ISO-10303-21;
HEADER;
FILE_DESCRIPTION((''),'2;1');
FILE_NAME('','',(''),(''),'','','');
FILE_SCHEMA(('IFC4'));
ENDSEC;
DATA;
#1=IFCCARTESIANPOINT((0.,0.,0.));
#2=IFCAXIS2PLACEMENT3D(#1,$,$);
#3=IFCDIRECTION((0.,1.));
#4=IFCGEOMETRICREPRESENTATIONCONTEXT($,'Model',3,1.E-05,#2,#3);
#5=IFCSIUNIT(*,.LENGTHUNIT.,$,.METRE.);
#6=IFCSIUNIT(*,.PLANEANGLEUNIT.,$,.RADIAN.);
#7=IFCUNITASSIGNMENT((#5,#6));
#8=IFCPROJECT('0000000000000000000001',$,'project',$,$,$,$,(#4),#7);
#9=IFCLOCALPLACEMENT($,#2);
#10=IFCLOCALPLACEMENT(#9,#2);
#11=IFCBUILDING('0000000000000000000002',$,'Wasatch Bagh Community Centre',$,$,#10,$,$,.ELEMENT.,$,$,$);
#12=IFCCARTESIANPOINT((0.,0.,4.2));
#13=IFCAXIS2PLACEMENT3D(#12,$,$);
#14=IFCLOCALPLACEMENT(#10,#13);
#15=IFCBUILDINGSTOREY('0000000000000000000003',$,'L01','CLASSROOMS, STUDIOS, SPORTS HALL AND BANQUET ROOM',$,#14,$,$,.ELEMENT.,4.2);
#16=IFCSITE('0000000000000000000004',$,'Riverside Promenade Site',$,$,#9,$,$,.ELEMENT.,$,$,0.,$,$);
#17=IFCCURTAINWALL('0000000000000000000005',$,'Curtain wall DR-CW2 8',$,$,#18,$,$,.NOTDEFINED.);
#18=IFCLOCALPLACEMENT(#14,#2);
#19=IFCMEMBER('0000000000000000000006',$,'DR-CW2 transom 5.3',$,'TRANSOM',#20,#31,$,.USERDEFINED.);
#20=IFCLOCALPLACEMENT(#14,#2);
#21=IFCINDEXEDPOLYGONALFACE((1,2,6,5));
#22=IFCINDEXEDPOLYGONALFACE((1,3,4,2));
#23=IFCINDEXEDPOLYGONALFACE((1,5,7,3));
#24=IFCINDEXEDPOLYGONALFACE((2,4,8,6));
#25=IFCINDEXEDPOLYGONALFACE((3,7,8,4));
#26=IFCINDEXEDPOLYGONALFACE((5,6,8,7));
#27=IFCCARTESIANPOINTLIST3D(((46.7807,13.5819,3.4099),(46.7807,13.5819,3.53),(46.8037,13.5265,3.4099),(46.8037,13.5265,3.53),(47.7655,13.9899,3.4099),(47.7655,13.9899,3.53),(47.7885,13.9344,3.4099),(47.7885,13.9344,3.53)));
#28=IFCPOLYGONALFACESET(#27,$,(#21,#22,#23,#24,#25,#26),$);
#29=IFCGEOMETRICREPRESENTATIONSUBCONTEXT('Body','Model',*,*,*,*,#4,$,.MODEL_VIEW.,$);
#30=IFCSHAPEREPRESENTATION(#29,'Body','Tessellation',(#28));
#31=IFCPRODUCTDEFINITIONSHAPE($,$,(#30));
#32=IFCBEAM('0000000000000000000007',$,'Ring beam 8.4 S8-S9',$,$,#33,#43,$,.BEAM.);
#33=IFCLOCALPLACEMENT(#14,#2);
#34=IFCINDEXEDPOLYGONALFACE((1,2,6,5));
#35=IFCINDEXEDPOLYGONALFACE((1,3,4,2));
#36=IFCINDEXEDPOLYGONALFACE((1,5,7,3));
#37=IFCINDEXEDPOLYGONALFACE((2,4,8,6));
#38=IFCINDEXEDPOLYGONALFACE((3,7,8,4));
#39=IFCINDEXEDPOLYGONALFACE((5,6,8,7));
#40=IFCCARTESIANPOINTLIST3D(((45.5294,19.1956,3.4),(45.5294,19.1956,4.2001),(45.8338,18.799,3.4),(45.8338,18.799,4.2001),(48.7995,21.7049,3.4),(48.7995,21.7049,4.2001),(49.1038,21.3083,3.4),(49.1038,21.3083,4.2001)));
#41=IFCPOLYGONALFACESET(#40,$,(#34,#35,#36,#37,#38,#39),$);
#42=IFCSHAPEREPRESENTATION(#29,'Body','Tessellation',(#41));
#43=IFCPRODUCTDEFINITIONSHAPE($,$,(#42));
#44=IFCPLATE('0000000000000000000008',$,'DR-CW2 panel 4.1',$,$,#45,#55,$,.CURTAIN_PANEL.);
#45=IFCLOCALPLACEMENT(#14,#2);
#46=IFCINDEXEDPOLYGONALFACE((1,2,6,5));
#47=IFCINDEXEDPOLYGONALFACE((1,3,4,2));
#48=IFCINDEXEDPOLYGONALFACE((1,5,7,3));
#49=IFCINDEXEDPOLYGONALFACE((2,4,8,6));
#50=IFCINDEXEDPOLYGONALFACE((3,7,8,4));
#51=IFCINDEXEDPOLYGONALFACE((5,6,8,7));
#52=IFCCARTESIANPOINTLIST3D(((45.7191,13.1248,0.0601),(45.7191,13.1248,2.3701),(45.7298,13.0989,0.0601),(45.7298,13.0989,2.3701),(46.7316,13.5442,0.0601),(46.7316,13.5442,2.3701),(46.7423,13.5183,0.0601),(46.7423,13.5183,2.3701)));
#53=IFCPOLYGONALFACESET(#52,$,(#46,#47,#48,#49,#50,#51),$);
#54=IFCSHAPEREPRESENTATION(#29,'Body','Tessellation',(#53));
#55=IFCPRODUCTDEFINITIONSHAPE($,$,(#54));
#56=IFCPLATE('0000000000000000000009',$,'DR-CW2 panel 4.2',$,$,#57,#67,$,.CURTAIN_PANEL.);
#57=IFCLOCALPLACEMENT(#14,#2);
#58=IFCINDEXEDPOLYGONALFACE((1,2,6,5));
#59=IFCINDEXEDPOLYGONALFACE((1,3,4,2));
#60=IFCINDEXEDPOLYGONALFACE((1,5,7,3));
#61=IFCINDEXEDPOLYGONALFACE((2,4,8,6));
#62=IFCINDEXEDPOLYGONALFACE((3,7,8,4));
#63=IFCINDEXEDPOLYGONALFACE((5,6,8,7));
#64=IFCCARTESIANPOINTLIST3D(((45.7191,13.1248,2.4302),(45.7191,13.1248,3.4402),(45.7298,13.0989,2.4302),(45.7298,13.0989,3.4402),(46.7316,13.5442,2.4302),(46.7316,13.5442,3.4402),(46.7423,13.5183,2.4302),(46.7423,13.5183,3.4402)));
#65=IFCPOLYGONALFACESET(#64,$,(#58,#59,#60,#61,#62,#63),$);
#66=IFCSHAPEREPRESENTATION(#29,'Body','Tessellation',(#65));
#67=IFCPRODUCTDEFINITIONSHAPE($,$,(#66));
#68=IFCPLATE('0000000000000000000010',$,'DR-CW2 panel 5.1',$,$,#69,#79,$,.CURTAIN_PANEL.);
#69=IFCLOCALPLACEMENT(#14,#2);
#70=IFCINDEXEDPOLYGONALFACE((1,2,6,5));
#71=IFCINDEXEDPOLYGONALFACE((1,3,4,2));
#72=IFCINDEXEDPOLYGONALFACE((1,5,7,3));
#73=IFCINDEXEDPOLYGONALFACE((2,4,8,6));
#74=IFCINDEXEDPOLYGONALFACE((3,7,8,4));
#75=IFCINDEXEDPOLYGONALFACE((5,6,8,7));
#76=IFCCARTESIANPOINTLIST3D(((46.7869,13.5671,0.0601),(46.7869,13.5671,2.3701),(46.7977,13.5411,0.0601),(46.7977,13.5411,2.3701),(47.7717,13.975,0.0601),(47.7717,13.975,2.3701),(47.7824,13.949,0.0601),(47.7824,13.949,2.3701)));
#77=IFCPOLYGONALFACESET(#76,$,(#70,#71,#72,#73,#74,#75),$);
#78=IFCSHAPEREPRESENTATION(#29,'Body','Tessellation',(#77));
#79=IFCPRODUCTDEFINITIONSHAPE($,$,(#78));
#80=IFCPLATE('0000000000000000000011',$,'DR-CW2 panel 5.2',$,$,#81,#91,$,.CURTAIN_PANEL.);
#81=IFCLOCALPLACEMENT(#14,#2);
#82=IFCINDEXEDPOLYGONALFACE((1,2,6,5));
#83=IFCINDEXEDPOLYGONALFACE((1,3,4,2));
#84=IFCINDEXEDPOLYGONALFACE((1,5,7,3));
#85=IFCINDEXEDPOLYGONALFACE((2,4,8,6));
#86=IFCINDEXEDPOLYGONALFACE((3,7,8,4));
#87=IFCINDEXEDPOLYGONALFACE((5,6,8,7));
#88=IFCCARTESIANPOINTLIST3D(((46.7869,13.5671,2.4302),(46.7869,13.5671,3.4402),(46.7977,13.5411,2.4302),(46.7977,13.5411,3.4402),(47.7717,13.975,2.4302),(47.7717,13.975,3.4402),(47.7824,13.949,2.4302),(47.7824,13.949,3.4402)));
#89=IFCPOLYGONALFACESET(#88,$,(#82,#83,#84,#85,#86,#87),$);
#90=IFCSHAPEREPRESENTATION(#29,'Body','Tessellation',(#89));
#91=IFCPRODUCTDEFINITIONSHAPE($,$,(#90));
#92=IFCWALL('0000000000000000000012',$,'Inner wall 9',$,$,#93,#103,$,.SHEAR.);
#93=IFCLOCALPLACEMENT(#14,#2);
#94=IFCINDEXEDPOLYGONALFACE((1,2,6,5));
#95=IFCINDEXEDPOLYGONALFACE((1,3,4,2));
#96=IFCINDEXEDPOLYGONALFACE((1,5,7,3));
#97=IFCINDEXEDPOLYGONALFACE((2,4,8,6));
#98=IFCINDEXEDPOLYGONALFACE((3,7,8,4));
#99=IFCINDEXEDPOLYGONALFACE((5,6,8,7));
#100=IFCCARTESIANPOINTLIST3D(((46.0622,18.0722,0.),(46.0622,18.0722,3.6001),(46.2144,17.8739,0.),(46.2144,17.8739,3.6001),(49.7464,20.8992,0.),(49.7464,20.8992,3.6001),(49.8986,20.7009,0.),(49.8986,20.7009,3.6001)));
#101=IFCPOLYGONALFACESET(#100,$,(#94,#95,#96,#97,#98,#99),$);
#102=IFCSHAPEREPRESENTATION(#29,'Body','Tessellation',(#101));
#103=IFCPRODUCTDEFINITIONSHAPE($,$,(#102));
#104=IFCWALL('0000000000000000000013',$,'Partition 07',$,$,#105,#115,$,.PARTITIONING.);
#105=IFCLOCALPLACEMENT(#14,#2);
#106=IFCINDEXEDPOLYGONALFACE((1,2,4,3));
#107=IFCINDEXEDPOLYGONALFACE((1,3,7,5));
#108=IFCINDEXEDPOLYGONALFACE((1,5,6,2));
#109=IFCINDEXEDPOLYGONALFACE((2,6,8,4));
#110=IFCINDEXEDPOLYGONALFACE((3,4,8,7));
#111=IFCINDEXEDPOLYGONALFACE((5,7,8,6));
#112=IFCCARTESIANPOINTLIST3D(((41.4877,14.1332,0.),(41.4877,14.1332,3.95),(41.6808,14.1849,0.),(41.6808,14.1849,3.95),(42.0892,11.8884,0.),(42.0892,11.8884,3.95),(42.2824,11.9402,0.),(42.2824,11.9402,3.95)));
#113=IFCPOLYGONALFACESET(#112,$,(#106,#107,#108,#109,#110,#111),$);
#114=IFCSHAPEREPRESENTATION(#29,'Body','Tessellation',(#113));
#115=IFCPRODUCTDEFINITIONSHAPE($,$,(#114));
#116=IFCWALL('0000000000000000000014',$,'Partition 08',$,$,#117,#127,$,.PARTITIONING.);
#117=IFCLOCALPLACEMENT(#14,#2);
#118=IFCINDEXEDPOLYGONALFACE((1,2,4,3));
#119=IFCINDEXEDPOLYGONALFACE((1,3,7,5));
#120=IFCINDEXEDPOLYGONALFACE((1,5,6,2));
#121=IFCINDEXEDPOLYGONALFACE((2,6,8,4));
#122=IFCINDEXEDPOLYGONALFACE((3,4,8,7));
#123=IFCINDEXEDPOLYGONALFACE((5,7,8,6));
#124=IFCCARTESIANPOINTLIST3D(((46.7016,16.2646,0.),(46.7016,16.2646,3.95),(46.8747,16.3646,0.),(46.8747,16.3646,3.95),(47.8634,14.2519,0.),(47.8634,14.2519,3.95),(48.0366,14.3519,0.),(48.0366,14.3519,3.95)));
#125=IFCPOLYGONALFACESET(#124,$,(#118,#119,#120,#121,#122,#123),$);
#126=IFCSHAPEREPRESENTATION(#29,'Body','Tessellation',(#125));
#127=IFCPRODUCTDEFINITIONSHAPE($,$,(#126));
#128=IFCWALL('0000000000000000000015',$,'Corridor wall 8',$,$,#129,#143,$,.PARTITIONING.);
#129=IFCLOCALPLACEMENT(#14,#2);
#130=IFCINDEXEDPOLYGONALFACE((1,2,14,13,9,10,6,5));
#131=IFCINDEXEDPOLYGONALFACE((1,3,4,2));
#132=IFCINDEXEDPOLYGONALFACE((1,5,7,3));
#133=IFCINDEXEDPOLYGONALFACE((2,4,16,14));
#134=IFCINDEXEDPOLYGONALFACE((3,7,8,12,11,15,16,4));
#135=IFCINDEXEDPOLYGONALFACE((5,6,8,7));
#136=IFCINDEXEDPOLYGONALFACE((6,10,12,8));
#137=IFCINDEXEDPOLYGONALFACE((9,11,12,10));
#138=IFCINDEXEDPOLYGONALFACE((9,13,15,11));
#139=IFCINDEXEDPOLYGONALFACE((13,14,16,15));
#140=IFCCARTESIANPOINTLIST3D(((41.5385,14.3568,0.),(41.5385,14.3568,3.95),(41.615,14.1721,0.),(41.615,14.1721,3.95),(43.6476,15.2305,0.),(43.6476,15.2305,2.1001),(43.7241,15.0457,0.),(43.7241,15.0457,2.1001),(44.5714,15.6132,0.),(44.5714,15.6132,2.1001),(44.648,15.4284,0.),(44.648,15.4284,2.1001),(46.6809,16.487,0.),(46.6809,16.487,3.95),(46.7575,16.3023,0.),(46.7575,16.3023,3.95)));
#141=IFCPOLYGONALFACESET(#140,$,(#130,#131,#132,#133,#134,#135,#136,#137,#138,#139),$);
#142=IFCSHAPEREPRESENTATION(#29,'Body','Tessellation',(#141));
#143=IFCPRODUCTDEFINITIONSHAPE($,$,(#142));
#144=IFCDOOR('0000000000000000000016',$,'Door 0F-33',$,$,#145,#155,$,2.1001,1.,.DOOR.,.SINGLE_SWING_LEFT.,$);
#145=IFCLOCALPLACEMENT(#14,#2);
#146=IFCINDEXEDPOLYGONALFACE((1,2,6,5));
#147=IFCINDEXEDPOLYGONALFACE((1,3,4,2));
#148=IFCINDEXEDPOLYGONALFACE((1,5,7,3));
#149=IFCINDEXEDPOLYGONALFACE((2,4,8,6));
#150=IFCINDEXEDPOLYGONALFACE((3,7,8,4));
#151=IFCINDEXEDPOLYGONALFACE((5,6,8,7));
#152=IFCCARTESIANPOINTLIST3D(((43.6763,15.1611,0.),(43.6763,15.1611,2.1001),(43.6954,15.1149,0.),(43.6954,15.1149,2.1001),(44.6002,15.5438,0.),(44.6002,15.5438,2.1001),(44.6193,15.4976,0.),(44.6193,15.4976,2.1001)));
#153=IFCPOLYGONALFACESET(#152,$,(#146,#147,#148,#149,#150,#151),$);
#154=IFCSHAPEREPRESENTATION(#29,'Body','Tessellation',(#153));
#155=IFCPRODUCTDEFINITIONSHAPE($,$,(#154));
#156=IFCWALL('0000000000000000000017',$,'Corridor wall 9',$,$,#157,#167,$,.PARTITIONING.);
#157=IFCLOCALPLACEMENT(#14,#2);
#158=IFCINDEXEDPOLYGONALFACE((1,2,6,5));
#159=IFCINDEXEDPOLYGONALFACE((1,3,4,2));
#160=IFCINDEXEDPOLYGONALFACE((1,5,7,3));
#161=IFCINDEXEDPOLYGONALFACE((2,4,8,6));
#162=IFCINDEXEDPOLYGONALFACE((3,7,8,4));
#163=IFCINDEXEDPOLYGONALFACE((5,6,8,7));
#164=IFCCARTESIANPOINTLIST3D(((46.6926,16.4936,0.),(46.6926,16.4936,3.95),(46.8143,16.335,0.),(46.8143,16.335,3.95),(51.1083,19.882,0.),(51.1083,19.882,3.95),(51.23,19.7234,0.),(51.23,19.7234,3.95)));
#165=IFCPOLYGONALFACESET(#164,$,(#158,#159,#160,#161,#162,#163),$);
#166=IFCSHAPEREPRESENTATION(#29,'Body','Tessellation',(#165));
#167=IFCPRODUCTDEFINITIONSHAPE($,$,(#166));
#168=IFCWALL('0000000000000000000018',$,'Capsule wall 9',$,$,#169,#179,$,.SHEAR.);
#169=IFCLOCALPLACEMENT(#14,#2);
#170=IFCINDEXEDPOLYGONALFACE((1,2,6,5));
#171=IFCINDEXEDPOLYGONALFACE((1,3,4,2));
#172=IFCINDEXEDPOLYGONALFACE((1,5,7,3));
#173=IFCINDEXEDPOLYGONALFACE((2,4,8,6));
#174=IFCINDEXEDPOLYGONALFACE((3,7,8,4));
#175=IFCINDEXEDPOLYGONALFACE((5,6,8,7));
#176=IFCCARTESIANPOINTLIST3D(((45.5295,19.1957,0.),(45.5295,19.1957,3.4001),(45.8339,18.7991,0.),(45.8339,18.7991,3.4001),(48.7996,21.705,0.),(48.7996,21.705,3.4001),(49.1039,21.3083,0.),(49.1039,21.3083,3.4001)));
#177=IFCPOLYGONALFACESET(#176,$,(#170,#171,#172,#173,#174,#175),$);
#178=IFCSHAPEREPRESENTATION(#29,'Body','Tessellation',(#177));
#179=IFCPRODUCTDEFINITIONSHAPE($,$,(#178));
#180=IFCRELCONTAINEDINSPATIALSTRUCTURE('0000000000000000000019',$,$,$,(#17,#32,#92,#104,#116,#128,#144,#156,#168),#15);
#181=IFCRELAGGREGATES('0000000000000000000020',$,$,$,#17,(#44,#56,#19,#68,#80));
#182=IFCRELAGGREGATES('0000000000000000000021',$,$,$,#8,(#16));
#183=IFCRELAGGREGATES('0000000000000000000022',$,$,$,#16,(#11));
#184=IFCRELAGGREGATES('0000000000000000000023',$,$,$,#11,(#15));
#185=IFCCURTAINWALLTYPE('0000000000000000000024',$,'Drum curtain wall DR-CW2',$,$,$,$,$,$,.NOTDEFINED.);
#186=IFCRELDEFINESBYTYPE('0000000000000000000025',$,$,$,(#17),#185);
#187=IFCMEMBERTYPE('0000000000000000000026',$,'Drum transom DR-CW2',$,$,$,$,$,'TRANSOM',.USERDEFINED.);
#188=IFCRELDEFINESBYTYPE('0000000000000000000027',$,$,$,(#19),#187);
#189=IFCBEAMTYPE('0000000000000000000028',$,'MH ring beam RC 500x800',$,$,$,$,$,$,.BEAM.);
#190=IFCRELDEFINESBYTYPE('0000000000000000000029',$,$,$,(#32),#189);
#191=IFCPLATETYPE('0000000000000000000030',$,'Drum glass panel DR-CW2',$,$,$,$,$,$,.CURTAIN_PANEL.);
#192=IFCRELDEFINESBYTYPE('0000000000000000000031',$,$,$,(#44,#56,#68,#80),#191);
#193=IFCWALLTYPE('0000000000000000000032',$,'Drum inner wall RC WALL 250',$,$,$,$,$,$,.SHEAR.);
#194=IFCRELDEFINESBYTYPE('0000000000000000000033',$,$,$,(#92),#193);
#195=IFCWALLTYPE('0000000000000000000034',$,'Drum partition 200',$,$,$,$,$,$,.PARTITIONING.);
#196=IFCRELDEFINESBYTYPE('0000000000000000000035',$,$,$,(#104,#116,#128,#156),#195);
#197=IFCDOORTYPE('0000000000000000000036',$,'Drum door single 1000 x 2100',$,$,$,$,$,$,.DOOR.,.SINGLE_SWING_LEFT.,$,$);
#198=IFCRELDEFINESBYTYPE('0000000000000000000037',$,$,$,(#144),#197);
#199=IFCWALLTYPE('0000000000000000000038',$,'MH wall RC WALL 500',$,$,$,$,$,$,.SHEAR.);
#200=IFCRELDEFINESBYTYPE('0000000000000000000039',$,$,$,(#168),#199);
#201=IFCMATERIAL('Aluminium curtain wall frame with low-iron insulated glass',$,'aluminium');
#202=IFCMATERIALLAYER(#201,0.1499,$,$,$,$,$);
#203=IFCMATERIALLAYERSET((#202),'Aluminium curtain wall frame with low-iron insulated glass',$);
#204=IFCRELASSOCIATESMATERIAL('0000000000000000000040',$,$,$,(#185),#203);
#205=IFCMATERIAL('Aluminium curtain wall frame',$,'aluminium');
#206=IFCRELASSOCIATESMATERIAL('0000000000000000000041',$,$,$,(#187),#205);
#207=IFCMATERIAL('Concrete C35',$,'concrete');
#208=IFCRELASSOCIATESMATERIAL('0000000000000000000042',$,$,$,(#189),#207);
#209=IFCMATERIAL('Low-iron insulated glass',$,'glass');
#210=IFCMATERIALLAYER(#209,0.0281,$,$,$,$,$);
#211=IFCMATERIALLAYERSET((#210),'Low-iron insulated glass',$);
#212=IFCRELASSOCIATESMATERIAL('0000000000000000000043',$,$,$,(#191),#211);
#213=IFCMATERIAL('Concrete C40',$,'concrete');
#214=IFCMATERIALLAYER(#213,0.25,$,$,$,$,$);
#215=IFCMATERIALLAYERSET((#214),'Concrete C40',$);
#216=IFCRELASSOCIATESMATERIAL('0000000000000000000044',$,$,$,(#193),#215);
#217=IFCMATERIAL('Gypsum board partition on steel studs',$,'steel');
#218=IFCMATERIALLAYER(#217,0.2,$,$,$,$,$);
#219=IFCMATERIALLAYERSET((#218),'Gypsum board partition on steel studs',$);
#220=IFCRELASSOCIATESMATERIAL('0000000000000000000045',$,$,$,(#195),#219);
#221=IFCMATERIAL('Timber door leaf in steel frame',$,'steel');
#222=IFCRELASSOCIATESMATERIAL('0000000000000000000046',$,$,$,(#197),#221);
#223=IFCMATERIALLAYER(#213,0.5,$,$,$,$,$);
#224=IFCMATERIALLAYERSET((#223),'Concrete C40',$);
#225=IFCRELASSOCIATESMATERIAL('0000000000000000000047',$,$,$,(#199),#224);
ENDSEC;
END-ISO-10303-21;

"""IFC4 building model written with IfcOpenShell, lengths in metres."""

from ifc_helpers import new_model, si_unit, direction, frame, frame_2d, origin, origin_2d, place, context, subcontext, project, spatial, rectangle, extrude, material, layer, layer_set, material_profile, profile_set, type_object, element, fill, aggregate, save


model = new_model("IFC4")

# Units and contexts
model_context = context("Model", 3, precision=1e-05, world=origin(), true_north=direction((0.0, 1.0)))
body_context = subcontext(model_context, "Body", "Model", "MODEL_VIEW")
ifc_project = project(units=[si_unit("LENGTHUNIT", "METRE"), si_unit("PLANEANGLEUNIT", "RADIAN")], contexts=[model_context])

# Site, building, storey
site_placement = place(None, origin())
site = spatial("IfcSite", under=ifc_project, at=site_placement, Name="Riverside Promenade Site", CompositionType="ELEMENT", RefElevation=0.0)
building_placement = place(site_placement, origin())
building = spatial("IfcBuilding", under=site, at=building_placement, Name="Wasatch Bagh Community Centre", CompositionType="ELEMENT")
storey_placement = place(building_placement, frame((0.0, 0.0, 4.2)))
storey = spatial("IfcBuildingStorey", under=building, at=storey_placement, Name="L01", Description="CLASSROOMS, STUDIOS, SPORTS HALL AND BANQUET ROOM", CompositionType="ELEMENT", Elevation=4.2)

# Shared definitions
ifc_material_1 = material(Name="Concrete C40", Category="concrete")

# Curtain wall
ifc_material_2 = material(Name="Aluminium curtain wall frame with low-iron insulated glass", Category="aluminium")
ifc_layer_1 = layer(ifc_material_2, 0.1499)
ifc_layer_set_1 = layer_set([ifc_layer_1], Name="Aluminium curtain wall frame with low-iron insulated glass")
curtain_wall_type = type_object("IfcCurtainWallType", Name="Drum curtain wall DR-CW2", PredefinedType="NOTDEFINED", material=ifc_layer_set_1)
curtain_wall_1_placement = place(storey_placement, origin())
curtain_wall_1 = element("IfcCurtainWall", 1, at=curtain_wall_1_placement, inside=storey, type_object=curtain_wall_type, Name="Curtain wall DR-CW2 8", PredefinedType="NOTDEFINED")
ifc_material_3 = material(Name="Aluminium curtain wall frame", Category="aluminium")

# Shared definitions
ifc_material_4 = material(Name="Concrete C35", Category="concrete")

# Member
ifc_material_profile_1 = material_profile(ifc_material_3, rectangle(XDim=0.0601, YDim=0.1201, at=origin_2d()), Name="Drum transom DR-CW2")
ifc_profile_set_1 = profile_set([ifc_material_profile_1], Name="Aluminium curtain wall frame")
member_type_1 = type_object("IfcMemberType", Name="Drum transom DR-CW2", ElementType="TRANSOM", PredefinedType="USERDEFINED", material=ifc_profile_set_1)
member_1_placement = place(storey_placement, frame((46.7922, 13.5542, 3.47), z_axis=(0.923874, 0.382696, 0.0), x_axis=(-0.382696, 0.923874, 0.0)))
member_1 = element("IfcMember", 2, at=member_1_placement, type_object=member_type_1, Name="DR-CW2 transom 5.3", ObjectType="TRANSOM", PredefinedType="USERDEFINED", context=body_context, shape_type="SweptSolid", body=[
    extrude(rectangle(XDim=0.0601, YDim=0.1201, at=origin_2d()), origin(), (0.0, 0.0, 1.0), 1.0659),
])

# Beam
ifc_material_profile_2 = material_profile(ifc_material_4, rectangle(XDim=0.5, YDim=0.8, at=origin_2d()), Name="RC 500x800")
ifc_profile_set_2 = profile_set([ifc_material_profile_2], Name="Concrete C35")
beam_type_1 = type_object("IfcBeamType", Name="MH ring beam RC 500x800", PredefinedType="BEAM", material=ifc_profile_set_2)
beam_1_placement = place(storey_placement, frame((45.6816, 18.9973, 3.8), z_axis=(0.793341, 0.608777, 0.0), x_axis=(-0.608777, 0.793341, 0.0)))
element("IfcBeam", 3, at=beam_1_placement, inside=storey, type_object=beam_type_1, Name="Ring beam 8.4 S8-S9", PredefinedType="BEAM", context=body_context, shape_type="SweptSolid", body=[
    extrude(rectangle(XDim=0.5, YDim=0.8, at=origin_2d()), origin(), (0.0, 0.0, 1.0), 4.1218),
])

# Plates
ifc_material_5 = material(Name="Low-iron insulated glass", Category="glass")
ifc_layer_2 = layer(ifc_material_5, 0.0281)
ifc_layer_set_2 = layer_set([ifc_layer_2], Name="Low-iron insulated glass")
plate_type = type_object("IfcPlateType", Name="Drum glass panel DR-CW2", PredefinedType="CURTAIN_PANEL", material=ifc_layer_set_2)
plate_1_placement = place(storey_placement, frame((46.2307, 13.3215, 0.0601), z_axis=(0.0, 0.0, 1.0), x_axis=(0.92388, 0.382683, 0.0)))
plate_1 = element("IfcPlate", 4, at=plate_1_placement, type_object=plate_type, Name="DR-CW2 panel 4.1", PredefinedType="CURTAIN_PANEL", context=body_context, shape_type="SweptSolid", body=[
    extrude(rectangle(XDim=1.0959, YDim=0.0281, at=origin_2d()), origin(), (0.0, 0.0, 1.0), 2.3101),
])
plate_2_placement = place(storey_placement, frame((46.2307, 13.3215, 2.4302), z_axis=(0.0, 0.0, 1.0), x_axis=(0.92388, 0.382683, 0.0)))
plate_2 = element("IfcPlate", 5, at=plate_2_placement, type_object=plate_type, Name="DR-CW2 panel 4.2", PredefinedType="CURTAIN_PANEL", context=body_context, shape_type="SweptSolid", body=[
    extrude(rectangle(XDim=1.0959, YDim=0.0281, at=origin_2d()), origin(), (0.0, 0.0, 1.0), 1.01),
])
plate_3_placement = place(storey_placement, frame((47.2847, 13.7581, 0.0601), z_axis=(0.0, 0.0, 1.0), x_axis=(0.92388, 0.382683, 0.0)))
plate_3 = element("IfcPlate", 6, at=plate_3_placement, type_object=plate_type, Name="DR-CW2 panel 5.1", PredefinedType="CURTAIN_PANEL", context=body_context, shape_type="SweptSolid", body=[
    extrude(rectangle(XDim=1.0659, YDim=0.0281, at=origin_2d()), origin(), (0.0, 0.0, 1.0), 2.3101),
])
plate_4_placement = place(storey_placement, frame((47.2847, 13.7581, 2.4302), z_axis=(0.0, 0.0, 1.0), x_axis=(0.92388, 0.382683, 0.0)))
plate_4 = element("IfcPlate", 7, at=plate_4_placement, type_object=plate_type, Name="DR-CW2 panel 5.2", PredefinedType="CURTAIN_PANEL", context=body_context, shape_type="SweptSolid", body=[
    extrude(rectangle(XDim=1.0659, YDim=0.0281, at=origin_2d()), origin(), (0.0, 0.0, 1.0), 1.01),
])
aggregate(curtain_wall_1, [plate_1, plate_2, member_1, plate_3, plate_4])

# Walls
ifc_layer_3 = layer(ifc_material_1, 0.25)
ifc_layer_set_3 = layer_set([ifc_layer_3], Name="Concrete C40")
wall_type_1 = type_object("IfcWallType", Name="Drum inner wall RC WALL 250", PredefinedType="SHEAR", material=ifc_layer_set_3)
wall_1_placement = place(storey_placement, frame((46.1384, 17.9731, 0.0), z_axis=(0.0, 0.0, 1.0), x_axis=(0.793352, 0.608763, 0.0)))
element("IfcWall", 8, at=wall_1_placement, inside=storey, type_object=wall_type_1, Name="Inner wall 9", PredefinedType="SHEAR", context=body_context, shape_type="SweptSolid", body=[
    extrude(rectangle(XDim=4.6438, YDim=0.25, at=frame_2d((2.3218, 0.0))), origin(), (0.0, 0.0, 1.0), 3.6001),
])
ifc_material_6 = material(Name="Gypsum board partition on steel studs", Category="steel")
ifc_layer_4 = layer(ifc_material_6, 0.2)
ifc_layer_set_4 = layer_set([ifc_layer_4], Name="Gypsum board partition on steel studs")
wall_type_2 = type_object("IfcWallType", Name="Drum partition 200", PredefinedType="PARTITIONING", material=ifc_layer_set_4)
for number, where, z_axis, x_axis, name in (
    (9, (41.5842, 14.1592, 0.0), (0.0, 0.0, 1.0), (0.258839, -0.96592, 0.0), "Partition 07"),
    (10, (46.7881, 16.3147, 0.0), (0.0, 0.0, 1.0), (0.499947, -0.866056, 0.0), "Partition 08"),
):
    element("IfcWall", number, at=place(storey_placement, frame(where, z_axis=z_axis, x_axis=x_axis)), inside=storey, type_object=wall_type_2, Name=name, PredefinedType="PARTITIONING", context=body_context, shape_type="SweptSolid", body=[
        extrude(rectangle(XDim=2.324, YDim=0.2, at=frame_2d((1.1621, 0.0))), origin(), (0.0, 0.0, 1.0), 3.95),
    ])

# Wall, opening, door
wall_2_placement = place(storey_placement, frame((41.5767, 14.2644, 0.0), z_axis=(0.0, 0.0, 1.0), x_axis=(0.923873, 0.382699, 0.0)))
wall_2 = element("IfcWall", 11, at=wall_2_placement, inside=storey, type_object=wall_type_2, Name="Corridor wall 8", PredefinedType="PARTITIONING", context=body_context, shape_type="SweptSolid", body=[
    extrude(rectangle(XDim=5.5662, YDim=0.2, at=frame_2d((2.7832, 0.0))), origin(), (0.0, 0.0, 1.0), 3.95),
])
opening_placement = place(wall_2_placement, frame((2.283, 0.0, 0.0)))
opening = element("IfcOpeningElement", 12, at=opening_placement, cuts=wall_2, PredefinedType="OPENING", context=body_context, shape_type="SweptSolid", body=[
    extrude(rectangle(XDim=1.0, YDim=2.1001, at=frame_2d((0.5, 1.05))), frame((0.0, 0.1099, 0.0), z_axis=(0.0, -1.0, 0.0), x_axis=(1.0, 0.0, 0.0)), (0.0, 0.0, 1.0), 0.22),
])
ifc_material_7 = material(Name="Timber door leaf in steel frame", Category="steel")
door_type = type_object("IfcDoorType", Name="Drum door single 1000 x 2100", OperationType="SINGLE_SWING_LEFT", PredefinedType="DOOR", material=ifc_material_7)
door_placement = place(opening_placement, origin())
door = element("IfcDoor", 13, at=door_placement, inside=storey, type_object=door_type, Name="Door 0F-33", OperationType="SINGLE_SWING_LEFT", OverallHeight=2.1001, OverallWidth=1.0, PredefinedType="DOOR", context=body_context, shape_type="SweptSolid", body=[
    extrude(rectangle(XDim=1.0, YDim=2.1001, at=frame_2d((0.5, 1.05))), frame((0.0, 0.0249, 0.0), z_axis=(0.0, -1.0, 0.0), x_axis=(1.0, 0.0, 0.0)), (0.0, 0.0, 1.0), 0.05),
])
fill(opening, door)

# Walls
wall_3_placement = place(storey_placement, frame((46.7534, 16.4143, 0.0), z_axis=(0.0, 0.0, 1.0), x_axis=(0.793346, 0.608771, 0.0)))
element("IfcWall", 14, at=wall_3_placement, inside=storey, type_object=wall_type_2, Name="Corridor wall 9", PredefinedType="PARTITIONING", context=body_context, shape_type="SweptSolid", body=[
    extrude(rectangle(XDim=5.5659, YDim=0.2, at=frame_2d((2.783, 0.0))), origin(), (0.0, 0.0, 1.0), 3.95),
])
ifc_layer_5 = layer(ifc_material_1, 0.5)
ifc_layer_set_5 = layer_set([ifc_layer_5], Name="Concrete C40")
wall_type_3 = type_object("IfcWallType", Name="MH wall RC WALL 500", PredefinedType="SHEAR", material=ifc_layer_set_5)
wall_4_placement = place(storey_placement, frame((45.6816, 18.9973, 0.0), z_axis=(0.0, 0.0, 1.0), x_axis=(0.793341, 0.608777, 0.0)))
element("IfcWall", 15, at=wall_4_placement, inside=storey, type_object=wall_type_3, Name="Capsule wall 9", PredefinedType="SHEAR", context=body_context, shape_type="SweptSolid", body=[
    extrude(rectangle(XDim=4.1218, YDim=0.5, at=frame_2d((2.061, 0.0))), origin(), (0.0, 0.0, 1.0), 3.4001),
])

save(model, "model.ifc")
